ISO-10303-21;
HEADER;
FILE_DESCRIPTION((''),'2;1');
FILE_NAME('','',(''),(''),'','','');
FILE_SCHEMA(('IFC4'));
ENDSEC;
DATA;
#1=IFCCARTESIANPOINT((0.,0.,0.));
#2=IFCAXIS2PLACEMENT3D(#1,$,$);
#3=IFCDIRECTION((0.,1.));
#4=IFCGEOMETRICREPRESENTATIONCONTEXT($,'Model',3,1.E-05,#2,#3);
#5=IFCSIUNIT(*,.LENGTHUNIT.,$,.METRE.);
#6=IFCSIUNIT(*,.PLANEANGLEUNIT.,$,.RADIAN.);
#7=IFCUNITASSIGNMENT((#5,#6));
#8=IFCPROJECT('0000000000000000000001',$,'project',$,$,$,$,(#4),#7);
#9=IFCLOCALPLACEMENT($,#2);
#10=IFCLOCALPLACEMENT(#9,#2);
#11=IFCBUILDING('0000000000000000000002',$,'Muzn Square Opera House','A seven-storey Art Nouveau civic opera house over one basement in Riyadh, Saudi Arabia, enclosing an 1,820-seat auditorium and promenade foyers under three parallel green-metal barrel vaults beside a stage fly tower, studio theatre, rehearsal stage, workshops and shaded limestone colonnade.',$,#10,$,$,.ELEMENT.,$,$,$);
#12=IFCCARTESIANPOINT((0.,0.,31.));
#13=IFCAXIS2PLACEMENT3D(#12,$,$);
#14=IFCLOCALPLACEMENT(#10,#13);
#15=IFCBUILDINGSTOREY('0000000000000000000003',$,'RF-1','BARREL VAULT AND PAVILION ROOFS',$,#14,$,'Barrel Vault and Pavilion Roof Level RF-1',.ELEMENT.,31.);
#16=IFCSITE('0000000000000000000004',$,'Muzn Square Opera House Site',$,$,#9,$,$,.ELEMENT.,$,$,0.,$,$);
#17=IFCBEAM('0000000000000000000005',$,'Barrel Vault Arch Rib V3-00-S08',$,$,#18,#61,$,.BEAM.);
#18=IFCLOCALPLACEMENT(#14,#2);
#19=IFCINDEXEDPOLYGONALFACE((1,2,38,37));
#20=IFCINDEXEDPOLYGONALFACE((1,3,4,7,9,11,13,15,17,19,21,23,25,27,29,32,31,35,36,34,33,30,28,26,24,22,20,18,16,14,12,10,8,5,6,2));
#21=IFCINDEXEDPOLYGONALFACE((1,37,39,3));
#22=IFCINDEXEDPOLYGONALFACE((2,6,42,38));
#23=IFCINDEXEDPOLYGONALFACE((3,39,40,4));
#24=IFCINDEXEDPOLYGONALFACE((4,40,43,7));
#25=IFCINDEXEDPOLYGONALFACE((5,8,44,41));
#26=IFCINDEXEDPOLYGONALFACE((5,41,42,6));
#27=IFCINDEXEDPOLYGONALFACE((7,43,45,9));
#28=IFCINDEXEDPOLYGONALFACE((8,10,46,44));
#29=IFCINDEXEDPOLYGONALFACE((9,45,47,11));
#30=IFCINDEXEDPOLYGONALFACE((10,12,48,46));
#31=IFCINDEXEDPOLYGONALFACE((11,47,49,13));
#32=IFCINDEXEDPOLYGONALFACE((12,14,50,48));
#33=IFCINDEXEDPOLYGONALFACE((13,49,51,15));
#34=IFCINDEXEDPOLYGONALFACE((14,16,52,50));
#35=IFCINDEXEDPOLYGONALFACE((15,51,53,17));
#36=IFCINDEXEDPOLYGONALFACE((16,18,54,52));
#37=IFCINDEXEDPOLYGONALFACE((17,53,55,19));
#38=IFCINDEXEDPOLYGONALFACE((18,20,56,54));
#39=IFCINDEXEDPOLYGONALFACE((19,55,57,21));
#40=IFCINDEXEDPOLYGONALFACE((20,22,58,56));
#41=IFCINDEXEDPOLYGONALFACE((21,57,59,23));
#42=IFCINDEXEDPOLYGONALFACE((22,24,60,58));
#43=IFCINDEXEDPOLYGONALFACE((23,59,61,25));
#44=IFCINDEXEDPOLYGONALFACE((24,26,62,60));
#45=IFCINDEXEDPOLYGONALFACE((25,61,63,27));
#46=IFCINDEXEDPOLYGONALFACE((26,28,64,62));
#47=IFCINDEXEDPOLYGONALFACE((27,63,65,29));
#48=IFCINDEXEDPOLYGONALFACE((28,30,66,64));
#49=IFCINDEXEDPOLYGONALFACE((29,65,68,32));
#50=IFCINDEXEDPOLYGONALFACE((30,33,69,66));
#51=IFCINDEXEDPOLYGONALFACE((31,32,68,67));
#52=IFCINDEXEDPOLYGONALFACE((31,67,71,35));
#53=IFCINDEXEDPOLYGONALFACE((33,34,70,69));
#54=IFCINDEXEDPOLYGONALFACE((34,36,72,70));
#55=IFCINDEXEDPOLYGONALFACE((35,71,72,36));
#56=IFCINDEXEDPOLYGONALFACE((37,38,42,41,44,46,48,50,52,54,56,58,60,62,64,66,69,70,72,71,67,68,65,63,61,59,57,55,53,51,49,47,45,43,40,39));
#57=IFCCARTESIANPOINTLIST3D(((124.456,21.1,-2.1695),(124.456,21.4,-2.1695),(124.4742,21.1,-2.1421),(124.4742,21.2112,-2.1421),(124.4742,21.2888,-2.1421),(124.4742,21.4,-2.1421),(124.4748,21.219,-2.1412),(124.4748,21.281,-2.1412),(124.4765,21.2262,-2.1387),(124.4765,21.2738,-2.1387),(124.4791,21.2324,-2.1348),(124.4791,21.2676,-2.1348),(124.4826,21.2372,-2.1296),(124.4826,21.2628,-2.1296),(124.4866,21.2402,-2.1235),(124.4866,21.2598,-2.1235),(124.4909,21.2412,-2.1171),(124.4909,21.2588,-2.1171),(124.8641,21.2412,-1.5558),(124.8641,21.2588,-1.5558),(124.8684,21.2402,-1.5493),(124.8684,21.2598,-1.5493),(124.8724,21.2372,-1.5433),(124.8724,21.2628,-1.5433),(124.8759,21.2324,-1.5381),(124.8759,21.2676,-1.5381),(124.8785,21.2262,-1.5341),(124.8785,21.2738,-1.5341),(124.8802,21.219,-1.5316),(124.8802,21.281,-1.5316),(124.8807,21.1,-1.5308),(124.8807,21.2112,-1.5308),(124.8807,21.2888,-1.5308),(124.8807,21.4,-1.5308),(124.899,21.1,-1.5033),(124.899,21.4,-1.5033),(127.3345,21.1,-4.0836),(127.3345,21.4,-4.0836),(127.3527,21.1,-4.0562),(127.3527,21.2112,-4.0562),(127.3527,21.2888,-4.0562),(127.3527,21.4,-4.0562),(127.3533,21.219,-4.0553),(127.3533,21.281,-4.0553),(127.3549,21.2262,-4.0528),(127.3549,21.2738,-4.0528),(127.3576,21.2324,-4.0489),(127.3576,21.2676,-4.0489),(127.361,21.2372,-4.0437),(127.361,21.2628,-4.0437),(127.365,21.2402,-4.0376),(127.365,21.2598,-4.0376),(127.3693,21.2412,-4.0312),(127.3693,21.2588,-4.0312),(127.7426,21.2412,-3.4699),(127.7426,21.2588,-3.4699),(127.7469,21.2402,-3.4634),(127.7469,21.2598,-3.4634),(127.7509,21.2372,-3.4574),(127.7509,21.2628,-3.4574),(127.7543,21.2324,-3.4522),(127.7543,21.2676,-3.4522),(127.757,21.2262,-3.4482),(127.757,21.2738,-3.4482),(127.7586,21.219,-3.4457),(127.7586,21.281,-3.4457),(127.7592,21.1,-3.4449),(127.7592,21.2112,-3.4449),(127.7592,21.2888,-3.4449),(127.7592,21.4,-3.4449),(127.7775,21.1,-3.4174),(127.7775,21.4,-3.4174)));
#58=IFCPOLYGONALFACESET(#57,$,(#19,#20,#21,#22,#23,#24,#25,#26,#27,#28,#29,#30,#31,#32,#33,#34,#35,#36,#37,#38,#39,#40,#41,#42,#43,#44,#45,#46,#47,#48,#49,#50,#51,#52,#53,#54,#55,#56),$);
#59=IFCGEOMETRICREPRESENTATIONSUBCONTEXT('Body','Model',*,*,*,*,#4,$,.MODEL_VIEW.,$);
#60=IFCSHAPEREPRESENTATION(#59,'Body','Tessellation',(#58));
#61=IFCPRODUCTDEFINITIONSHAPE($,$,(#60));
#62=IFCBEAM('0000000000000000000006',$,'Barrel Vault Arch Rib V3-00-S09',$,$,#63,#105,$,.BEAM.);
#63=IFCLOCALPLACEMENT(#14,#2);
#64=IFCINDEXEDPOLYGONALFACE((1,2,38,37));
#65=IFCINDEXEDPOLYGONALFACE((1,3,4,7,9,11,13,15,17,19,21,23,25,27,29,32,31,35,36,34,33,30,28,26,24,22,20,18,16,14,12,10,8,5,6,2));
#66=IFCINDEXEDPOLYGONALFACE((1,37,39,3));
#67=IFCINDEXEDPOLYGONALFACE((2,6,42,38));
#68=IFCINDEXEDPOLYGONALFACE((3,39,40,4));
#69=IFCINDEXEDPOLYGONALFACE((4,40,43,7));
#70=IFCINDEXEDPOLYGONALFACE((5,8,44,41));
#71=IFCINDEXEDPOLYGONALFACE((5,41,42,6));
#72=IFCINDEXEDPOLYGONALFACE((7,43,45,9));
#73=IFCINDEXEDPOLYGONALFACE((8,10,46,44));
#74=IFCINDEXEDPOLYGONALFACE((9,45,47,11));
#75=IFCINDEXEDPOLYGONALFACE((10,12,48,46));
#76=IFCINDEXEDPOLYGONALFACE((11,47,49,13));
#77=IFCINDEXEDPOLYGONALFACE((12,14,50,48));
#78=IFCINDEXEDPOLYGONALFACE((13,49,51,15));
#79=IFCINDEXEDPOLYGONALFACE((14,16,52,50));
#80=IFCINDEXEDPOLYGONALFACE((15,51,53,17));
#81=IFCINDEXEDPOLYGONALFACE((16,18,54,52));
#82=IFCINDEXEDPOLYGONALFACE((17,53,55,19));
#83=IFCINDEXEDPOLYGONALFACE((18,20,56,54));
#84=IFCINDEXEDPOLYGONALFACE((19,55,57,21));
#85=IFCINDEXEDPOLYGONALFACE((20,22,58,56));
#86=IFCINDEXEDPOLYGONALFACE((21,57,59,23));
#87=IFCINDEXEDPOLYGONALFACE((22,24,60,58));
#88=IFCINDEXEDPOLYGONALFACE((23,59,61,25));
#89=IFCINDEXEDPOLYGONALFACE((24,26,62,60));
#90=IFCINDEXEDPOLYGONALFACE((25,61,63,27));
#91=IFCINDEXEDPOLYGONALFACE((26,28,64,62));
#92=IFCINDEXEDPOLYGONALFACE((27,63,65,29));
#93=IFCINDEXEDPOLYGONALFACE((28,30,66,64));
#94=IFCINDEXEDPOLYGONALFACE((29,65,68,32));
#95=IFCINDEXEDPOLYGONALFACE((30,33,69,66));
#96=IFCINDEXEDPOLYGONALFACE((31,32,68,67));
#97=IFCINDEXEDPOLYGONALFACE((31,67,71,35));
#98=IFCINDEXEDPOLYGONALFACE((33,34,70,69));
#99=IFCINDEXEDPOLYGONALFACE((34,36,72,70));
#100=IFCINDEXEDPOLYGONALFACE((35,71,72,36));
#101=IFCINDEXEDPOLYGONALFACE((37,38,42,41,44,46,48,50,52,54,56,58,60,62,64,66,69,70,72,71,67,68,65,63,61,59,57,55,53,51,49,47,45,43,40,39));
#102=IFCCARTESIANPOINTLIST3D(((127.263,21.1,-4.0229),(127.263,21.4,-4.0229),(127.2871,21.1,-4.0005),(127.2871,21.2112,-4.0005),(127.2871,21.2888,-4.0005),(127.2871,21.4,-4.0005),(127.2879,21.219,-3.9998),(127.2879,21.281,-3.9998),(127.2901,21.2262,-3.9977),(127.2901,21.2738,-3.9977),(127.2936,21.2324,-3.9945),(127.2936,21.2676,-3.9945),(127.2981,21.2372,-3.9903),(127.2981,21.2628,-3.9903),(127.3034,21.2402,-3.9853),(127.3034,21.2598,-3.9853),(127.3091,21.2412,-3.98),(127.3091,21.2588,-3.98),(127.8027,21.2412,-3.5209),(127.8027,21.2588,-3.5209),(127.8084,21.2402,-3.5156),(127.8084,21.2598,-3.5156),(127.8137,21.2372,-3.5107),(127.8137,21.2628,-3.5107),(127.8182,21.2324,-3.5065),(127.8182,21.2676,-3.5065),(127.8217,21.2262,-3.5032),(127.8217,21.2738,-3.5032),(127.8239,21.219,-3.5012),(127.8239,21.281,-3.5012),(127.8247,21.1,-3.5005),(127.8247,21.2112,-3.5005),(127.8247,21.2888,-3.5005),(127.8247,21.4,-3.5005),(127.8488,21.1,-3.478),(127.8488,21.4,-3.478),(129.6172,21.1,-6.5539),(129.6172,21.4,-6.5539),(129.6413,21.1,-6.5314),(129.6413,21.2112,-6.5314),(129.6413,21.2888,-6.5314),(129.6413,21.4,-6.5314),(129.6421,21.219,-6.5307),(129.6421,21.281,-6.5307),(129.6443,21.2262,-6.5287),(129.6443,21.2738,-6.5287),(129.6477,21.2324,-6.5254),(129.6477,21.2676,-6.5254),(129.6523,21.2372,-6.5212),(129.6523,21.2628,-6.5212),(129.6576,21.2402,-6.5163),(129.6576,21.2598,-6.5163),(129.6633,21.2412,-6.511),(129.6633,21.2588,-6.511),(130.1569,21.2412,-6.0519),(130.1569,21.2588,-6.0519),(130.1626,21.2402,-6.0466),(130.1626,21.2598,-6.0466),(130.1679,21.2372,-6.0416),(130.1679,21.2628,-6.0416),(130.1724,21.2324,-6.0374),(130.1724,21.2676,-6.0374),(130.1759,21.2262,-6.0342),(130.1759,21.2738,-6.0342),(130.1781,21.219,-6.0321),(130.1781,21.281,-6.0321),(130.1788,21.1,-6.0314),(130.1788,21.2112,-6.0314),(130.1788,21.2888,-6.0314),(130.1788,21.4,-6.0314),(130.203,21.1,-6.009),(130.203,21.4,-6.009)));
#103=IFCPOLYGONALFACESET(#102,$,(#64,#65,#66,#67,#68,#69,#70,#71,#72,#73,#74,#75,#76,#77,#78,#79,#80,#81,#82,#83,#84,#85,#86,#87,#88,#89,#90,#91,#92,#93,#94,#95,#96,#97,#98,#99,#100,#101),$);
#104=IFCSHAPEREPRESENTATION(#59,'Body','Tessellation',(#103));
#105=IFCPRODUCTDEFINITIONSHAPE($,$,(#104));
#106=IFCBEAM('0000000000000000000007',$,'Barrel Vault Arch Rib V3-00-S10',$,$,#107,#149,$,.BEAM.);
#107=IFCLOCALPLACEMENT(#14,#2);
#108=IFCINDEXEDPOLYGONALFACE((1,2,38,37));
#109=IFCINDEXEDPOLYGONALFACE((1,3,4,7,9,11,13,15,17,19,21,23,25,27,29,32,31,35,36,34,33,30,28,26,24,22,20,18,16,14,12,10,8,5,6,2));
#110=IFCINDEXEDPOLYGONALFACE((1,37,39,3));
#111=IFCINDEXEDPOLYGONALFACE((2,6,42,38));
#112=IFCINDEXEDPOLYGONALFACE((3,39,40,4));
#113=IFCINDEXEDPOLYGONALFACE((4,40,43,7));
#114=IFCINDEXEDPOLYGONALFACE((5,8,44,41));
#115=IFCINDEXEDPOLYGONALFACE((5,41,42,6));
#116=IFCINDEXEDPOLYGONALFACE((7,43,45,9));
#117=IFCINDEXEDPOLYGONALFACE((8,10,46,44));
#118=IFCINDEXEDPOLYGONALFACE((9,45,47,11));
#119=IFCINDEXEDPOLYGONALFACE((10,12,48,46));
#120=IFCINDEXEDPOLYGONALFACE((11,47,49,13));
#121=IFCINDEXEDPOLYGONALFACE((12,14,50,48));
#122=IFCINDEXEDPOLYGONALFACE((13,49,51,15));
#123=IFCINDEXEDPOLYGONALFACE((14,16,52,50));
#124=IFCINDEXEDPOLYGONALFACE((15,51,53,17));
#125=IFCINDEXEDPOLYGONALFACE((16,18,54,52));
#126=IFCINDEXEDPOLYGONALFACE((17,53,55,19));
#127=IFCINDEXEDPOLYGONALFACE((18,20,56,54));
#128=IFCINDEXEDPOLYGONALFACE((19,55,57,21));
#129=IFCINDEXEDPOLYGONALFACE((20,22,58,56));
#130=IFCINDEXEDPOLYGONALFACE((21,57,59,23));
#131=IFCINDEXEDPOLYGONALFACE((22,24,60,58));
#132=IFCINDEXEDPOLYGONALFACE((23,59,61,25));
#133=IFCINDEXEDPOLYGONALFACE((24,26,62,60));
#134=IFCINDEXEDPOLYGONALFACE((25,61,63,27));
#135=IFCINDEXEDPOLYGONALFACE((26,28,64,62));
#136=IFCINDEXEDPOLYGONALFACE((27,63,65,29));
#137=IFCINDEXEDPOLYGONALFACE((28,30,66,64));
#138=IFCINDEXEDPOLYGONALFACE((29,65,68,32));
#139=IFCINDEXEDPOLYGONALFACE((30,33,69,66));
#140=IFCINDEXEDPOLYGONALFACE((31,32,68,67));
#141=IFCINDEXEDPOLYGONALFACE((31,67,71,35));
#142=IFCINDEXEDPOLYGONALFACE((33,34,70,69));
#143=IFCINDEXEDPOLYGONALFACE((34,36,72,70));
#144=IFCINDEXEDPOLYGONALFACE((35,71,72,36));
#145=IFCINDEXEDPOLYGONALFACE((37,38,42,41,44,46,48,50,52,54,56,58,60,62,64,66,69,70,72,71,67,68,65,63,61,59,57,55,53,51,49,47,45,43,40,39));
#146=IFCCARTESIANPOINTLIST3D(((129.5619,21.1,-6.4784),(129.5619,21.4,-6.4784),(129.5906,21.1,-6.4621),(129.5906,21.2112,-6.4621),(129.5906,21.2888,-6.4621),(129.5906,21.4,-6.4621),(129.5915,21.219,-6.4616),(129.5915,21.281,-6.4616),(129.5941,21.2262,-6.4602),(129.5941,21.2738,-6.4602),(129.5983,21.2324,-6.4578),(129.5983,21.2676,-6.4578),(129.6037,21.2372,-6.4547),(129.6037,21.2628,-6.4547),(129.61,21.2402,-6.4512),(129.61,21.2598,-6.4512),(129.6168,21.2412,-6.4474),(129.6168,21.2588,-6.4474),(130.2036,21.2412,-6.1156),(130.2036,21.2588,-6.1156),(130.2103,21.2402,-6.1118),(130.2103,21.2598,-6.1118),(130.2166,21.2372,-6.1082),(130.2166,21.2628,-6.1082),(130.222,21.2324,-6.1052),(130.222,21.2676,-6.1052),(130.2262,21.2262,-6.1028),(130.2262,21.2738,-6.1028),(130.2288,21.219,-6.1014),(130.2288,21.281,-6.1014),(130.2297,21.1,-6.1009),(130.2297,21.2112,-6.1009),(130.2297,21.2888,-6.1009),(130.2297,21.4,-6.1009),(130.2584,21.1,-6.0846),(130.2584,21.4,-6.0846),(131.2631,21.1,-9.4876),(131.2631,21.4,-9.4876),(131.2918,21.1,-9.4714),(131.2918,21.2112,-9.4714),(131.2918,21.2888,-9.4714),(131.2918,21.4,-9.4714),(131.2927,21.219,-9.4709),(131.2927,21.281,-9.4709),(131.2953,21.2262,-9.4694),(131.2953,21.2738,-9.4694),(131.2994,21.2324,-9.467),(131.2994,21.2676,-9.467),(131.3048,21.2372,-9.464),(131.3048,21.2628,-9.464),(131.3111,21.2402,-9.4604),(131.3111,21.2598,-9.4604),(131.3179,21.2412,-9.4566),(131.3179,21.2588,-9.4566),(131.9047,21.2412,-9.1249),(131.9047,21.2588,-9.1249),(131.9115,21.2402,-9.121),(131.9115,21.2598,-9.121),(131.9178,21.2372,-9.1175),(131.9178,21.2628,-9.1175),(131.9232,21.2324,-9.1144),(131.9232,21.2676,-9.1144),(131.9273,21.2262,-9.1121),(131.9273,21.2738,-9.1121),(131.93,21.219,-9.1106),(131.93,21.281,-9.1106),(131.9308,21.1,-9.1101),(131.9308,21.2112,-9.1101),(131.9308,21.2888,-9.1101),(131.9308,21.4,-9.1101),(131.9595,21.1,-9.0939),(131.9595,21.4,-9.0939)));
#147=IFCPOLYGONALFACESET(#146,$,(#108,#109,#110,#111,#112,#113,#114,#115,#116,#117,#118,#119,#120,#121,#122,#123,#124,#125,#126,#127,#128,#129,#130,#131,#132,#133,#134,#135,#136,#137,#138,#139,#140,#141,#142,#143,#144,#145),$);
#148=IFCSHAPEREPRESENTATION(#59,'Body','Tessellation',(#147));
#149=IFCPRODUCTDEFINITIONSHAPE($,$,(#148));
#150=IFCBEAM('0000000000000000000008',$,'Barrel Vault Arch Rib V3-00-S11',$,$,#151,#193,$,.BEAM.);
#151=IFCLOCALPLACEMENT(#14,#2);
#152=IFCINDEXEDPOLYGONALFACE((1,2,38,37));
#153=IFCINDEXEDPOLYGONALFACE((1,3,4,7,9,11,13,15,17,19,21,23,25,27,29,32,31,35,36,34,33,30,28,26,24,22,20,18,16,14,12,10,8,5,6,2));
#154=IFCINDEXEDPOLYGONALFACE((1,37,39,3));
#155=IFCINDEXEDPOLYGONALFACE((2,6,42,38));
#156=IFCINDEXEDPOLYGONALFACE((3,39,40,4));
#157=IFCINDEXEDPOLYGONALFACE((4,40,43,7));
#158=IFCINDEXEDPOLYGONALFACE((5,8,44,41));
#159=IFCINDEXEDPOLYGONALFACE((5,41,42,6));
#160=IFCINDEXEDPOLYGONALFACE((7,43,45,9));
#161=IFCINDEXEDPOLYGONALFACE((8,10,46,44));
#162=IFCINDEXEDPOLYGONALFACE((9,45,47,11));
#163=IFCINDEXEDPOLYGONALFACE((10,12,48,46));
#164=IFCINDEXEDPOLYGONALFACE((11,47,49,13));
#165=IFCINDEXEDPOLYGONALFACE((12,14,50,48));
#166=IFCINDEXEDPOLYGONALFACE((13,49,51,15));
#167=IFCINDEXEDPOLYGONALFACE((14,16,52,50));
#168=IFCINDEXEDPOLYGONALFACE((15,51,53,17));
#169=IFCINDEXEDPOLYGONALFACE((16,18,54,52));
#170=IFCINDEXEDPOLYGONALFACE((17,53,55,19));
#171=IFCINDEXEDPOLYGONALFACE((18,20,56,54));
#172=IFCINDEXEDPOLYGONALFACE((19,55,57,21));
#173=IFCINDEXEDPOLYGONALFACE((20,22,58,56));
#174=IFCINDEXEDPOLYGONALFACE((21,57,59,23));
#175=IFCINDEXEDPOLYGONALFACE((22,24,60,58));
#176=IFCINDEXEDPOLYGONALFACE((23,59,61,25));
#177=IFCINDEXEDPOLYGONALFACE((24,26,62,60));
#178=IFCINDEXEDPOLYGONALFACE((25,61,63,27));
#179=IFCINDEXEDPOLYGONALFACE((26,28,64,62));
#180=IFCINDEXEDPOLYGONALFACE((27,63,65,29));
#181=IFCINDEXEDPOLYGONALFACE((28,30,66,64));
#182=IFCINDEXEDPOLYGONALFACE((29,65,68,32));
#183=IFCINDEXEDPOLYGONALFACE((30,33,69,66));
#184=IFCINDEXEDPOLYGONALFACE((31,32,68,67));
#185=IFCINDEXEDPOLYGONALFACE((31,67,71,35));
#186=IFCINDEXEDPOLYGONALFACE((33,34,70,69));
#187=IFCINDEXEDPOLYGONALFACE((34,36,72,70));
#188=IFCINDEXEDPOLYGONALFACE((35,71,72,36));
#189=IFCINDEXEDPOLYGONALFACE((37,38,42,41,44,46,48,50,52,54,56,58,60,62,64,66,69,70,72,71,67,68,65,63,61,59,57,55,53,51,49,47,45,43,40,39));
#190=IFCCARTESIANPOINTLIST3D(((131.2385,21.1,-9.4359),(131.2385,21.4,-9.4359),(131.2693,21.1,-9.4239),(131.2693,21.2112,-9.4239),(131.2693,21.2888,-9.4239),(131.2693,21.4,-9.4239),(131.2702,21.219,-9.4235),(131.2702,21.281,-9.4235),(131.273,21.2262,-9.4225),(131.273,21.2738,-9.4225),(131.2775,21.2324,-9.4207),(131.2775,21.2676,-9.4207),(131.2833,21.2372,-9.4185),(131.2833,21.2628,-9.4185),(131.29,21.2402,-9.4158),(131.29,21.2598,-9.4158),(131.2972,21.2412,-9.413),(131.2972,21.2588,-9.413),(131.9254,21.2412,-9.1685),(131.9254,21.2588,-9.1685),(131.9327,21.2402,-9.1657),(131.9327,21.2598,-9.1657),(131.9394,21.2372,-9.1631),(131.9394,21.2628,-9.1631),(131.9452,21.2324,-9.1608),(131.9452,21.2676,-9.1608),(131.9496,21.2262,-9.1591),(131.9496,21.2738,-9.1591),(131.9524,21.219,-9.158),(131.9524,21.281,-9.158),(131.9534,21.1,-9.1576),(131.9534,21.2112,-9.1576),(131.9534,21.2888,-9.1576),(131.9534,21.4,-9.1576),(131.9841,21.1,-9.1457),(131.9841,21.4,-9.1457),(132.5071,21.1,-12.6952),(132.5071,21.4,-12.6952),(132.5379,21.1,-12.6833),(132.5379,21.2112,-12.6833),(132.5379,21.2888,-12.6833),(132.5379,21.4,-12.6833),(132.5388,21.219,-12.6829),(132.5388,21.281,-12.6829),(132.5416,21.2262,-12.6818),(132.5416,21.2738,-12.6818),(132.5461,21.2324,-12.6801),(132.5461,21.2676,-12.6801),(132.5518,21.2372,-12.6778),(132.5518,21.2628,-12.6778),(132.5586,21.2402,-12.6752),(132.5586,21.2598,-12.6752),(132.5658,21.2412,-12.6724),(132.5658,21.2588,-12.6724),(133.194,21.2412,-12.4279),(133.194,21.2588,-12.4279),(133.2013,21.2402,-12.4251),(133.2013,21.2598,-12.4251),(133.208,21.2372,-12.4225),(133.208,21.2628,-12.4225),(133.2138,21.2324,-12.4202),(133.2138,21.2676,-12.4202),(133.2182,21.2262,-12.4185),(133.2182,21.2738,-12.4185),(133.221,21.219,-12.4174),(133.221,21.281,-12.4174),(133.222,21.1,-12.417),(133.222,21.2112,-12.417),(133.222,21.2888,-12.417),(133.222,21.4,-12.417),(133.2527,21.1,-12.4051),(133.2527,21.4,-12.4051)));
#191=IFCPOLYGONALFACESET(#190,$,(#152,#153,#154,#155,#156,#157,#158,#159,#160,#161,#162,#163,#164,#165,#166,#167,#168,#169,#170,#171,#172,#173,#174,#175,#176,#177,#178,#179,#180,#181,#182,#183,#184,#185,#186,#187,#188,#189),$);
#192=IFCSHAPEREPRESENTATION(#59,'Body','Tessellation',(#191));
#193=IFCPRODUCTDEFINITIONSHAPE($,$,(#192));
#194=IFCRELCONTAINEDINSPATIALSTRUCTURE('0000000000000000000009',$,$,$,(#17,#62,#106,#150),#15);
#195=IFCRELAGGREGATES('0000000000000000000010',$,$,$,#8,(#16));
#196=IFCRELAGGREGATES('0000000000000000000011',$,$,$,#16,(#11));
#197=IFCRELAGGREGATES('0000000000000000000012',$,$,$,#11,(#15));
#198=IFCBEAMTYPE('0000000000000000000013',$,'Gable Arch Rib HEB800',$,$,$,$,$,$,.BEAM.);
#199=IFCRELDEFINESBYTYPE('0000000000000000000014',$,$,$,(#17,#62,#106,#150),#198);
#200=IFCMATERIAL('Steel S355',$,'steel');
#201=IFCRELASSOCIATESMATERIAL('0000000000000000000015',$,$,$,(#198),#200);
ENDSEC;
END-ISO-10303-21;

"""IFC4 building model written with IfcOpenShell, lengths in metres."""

from ifc_helpers import new_model, si_unit, direction, frame, origin, origin_2d, place, context, subcontext, project, spatial, i_section, extrude, material, material_profile, profile_set, type_object, element, save


model = new_model("IFC4")

# Units and contexts
model_context = context("Model", 3, precision=1e-05, world=origin(), true_north=direction((0.0, 1.0)))
body_context = subcontext(model_context, "Body", "Model", "MODEL_VIEW")
ifc_project = project(units=[si_unit("LENGTHUNIT", "METRE"), si_unit("PLANEANGLEUNIT", "RADIAN")], contexts=[model_context])

# Site, building, storey
site_placement = place(None, origin())
site = spatial("IfcSite", under=ifc_project, at=site_placement, Name="Muzn Square Opera House Site", CompositionType="ELEMENT", RefElevation=0.0)
building_placement = place(site_placement, origin())
building = spatial("IfcBuilding", under=site, at=building_placement, Name="Muzn Square Opera House", Description="A seven-storey Art Nouveau civic opera house over one basement in Riyadh, Saudi Arabia, enclosing an 1,820-seat auditorium and promenade foyers under three parallel green-metal barrel vaults beside a stage fly tower, studio theatre, rehearsal stage, workshops and shaded limestone colonnade.", CompositionType="ELEMENT")
storey_placement = place(building_placement, frame((0.0, 0.0, 31.0)))
storey = spatial("IfcBuildingStorey", under=building, at=storey_placement, Name="RF-1", Description="BARREL VAULT AND PAVILION ROOFS", LongName="Barrel Vault and Pavilion Roof Level RF-1", CompositionType="ELEMENT", Elevation=31.0)

# Beams
ifc_material_1 = material(Name="Steel S355", Category="steel")
ifc_material_profile_1 = material_profile(ifc_material_1, i_section(OverallWidth=0.3, OverallDepth=0.8, WebThickness=0.0176, FlangeThickness=0.033, FilletRadius=0.03, at=origin_2d()), Name="HEB 800", Category="steel")
ifc_profile_set_1 = profile_set([ifc_material_profile_1], Name="Steel S355")
beam_type_1 = type_object("IfcBeamType", Name="Gable Arch Rib HEB800", PredefinedType="BEAM", material=ifc_profile_set_1)
beam_1_placement = place(storey_placement, frame((124.6775, 21.25, -1.8364), z_axis=(0.832702, 0.0, -0.553722), x_axis=(0.0, 1.0, 0.0)))
element("IfcBeam", 1, at=beam_1_placement, inside=storey, type_object=beam_type_1, Name="Barrel Vault Arch Rib V3-00-S08", PredefinedType="BEAM", context=body_context, shape_type="SweptSolid", body=[
    extrude(i_section(OverallWidth=0.3, OverallDepth=0.8, WebThickness=0.0176, FlangeThickness=0.033, FilletRadius=0.03, at=origin_2d()), origin(), (0.0, 0.0, 1.0), 3.4568),
])
beam_2_placement = place(storey_placement, frame((127.5559, 21.25, -3.7505), z_axis=(0.681077, 0.0, -0.732212), x_axis=(0.0, 1.0, 0.0)))
element("IfcBeam", 2, at=beam_2_placement, inside=storey, type_object=beam_type_1, Name="Barrel Vault Arch Rib V3-00-S09", PredefinedType="BEAM", context=body_context, shape_type="SweptSolid", body=[
    extrude(i_section(OverallWidth=0.3, OverallDepth=0.8, WebThickness=0.0176, FlangeThickness=0.033, FilletRadius=0.03, at=origin_2d()), origin(), (0.0, 0.0, 1.0), 3.4565),
])
beam_3_placement = place(storey_placement, frame((129.9102, 21.25, -6.2815), z_axis=(0.492118, 0.0, -0.870529), x_axis=(0.0, 1.0, 0.0)))
element("IfcBeam", 3, at=beam_3_placement, inside=storey, type_object=beam_type_1, Name="Barrel Vault Arch Rib V3-00-S10", PredefinedType="BEAM", context=body_context, shape_type="SweptSolid", body=[
    extrude(i_section(OverallWidth=0.3, OverallDepth=0.8, WebThickness=0.0176, FlangeThickness=0.033, FilletRadius=0.03, at=origin_2d()), origin(), (0.0, 0.0, 1.0), 3.4568),
])
beam_4_placement = place(storey_placement, frame((131.6113, 21.25, -9.2908), z_axis=(0.362709, 0.0, -0.931902), x_axis=(0.0, 1.0, 0.0)))
element("IfcBeam", 4, at=beam_4_placement, inside=storey, type_object=beam_type_1, Name="Barrel Vault Arch Rib V3-00-S11", PredefinedType="BEAM", context=body_context, shape_type="SweptSolid", body=[
    extrude(i_section(OverallWidth=0.3, OverallDepth=0.8, WebThickness=0.0176, FlangeThickness=0.033, FilletRadius=0.03, at=origin_2d()), origin(), (0.0, 0.0, 1.0), 3.4976),
])

save(model, "model.ifc")
